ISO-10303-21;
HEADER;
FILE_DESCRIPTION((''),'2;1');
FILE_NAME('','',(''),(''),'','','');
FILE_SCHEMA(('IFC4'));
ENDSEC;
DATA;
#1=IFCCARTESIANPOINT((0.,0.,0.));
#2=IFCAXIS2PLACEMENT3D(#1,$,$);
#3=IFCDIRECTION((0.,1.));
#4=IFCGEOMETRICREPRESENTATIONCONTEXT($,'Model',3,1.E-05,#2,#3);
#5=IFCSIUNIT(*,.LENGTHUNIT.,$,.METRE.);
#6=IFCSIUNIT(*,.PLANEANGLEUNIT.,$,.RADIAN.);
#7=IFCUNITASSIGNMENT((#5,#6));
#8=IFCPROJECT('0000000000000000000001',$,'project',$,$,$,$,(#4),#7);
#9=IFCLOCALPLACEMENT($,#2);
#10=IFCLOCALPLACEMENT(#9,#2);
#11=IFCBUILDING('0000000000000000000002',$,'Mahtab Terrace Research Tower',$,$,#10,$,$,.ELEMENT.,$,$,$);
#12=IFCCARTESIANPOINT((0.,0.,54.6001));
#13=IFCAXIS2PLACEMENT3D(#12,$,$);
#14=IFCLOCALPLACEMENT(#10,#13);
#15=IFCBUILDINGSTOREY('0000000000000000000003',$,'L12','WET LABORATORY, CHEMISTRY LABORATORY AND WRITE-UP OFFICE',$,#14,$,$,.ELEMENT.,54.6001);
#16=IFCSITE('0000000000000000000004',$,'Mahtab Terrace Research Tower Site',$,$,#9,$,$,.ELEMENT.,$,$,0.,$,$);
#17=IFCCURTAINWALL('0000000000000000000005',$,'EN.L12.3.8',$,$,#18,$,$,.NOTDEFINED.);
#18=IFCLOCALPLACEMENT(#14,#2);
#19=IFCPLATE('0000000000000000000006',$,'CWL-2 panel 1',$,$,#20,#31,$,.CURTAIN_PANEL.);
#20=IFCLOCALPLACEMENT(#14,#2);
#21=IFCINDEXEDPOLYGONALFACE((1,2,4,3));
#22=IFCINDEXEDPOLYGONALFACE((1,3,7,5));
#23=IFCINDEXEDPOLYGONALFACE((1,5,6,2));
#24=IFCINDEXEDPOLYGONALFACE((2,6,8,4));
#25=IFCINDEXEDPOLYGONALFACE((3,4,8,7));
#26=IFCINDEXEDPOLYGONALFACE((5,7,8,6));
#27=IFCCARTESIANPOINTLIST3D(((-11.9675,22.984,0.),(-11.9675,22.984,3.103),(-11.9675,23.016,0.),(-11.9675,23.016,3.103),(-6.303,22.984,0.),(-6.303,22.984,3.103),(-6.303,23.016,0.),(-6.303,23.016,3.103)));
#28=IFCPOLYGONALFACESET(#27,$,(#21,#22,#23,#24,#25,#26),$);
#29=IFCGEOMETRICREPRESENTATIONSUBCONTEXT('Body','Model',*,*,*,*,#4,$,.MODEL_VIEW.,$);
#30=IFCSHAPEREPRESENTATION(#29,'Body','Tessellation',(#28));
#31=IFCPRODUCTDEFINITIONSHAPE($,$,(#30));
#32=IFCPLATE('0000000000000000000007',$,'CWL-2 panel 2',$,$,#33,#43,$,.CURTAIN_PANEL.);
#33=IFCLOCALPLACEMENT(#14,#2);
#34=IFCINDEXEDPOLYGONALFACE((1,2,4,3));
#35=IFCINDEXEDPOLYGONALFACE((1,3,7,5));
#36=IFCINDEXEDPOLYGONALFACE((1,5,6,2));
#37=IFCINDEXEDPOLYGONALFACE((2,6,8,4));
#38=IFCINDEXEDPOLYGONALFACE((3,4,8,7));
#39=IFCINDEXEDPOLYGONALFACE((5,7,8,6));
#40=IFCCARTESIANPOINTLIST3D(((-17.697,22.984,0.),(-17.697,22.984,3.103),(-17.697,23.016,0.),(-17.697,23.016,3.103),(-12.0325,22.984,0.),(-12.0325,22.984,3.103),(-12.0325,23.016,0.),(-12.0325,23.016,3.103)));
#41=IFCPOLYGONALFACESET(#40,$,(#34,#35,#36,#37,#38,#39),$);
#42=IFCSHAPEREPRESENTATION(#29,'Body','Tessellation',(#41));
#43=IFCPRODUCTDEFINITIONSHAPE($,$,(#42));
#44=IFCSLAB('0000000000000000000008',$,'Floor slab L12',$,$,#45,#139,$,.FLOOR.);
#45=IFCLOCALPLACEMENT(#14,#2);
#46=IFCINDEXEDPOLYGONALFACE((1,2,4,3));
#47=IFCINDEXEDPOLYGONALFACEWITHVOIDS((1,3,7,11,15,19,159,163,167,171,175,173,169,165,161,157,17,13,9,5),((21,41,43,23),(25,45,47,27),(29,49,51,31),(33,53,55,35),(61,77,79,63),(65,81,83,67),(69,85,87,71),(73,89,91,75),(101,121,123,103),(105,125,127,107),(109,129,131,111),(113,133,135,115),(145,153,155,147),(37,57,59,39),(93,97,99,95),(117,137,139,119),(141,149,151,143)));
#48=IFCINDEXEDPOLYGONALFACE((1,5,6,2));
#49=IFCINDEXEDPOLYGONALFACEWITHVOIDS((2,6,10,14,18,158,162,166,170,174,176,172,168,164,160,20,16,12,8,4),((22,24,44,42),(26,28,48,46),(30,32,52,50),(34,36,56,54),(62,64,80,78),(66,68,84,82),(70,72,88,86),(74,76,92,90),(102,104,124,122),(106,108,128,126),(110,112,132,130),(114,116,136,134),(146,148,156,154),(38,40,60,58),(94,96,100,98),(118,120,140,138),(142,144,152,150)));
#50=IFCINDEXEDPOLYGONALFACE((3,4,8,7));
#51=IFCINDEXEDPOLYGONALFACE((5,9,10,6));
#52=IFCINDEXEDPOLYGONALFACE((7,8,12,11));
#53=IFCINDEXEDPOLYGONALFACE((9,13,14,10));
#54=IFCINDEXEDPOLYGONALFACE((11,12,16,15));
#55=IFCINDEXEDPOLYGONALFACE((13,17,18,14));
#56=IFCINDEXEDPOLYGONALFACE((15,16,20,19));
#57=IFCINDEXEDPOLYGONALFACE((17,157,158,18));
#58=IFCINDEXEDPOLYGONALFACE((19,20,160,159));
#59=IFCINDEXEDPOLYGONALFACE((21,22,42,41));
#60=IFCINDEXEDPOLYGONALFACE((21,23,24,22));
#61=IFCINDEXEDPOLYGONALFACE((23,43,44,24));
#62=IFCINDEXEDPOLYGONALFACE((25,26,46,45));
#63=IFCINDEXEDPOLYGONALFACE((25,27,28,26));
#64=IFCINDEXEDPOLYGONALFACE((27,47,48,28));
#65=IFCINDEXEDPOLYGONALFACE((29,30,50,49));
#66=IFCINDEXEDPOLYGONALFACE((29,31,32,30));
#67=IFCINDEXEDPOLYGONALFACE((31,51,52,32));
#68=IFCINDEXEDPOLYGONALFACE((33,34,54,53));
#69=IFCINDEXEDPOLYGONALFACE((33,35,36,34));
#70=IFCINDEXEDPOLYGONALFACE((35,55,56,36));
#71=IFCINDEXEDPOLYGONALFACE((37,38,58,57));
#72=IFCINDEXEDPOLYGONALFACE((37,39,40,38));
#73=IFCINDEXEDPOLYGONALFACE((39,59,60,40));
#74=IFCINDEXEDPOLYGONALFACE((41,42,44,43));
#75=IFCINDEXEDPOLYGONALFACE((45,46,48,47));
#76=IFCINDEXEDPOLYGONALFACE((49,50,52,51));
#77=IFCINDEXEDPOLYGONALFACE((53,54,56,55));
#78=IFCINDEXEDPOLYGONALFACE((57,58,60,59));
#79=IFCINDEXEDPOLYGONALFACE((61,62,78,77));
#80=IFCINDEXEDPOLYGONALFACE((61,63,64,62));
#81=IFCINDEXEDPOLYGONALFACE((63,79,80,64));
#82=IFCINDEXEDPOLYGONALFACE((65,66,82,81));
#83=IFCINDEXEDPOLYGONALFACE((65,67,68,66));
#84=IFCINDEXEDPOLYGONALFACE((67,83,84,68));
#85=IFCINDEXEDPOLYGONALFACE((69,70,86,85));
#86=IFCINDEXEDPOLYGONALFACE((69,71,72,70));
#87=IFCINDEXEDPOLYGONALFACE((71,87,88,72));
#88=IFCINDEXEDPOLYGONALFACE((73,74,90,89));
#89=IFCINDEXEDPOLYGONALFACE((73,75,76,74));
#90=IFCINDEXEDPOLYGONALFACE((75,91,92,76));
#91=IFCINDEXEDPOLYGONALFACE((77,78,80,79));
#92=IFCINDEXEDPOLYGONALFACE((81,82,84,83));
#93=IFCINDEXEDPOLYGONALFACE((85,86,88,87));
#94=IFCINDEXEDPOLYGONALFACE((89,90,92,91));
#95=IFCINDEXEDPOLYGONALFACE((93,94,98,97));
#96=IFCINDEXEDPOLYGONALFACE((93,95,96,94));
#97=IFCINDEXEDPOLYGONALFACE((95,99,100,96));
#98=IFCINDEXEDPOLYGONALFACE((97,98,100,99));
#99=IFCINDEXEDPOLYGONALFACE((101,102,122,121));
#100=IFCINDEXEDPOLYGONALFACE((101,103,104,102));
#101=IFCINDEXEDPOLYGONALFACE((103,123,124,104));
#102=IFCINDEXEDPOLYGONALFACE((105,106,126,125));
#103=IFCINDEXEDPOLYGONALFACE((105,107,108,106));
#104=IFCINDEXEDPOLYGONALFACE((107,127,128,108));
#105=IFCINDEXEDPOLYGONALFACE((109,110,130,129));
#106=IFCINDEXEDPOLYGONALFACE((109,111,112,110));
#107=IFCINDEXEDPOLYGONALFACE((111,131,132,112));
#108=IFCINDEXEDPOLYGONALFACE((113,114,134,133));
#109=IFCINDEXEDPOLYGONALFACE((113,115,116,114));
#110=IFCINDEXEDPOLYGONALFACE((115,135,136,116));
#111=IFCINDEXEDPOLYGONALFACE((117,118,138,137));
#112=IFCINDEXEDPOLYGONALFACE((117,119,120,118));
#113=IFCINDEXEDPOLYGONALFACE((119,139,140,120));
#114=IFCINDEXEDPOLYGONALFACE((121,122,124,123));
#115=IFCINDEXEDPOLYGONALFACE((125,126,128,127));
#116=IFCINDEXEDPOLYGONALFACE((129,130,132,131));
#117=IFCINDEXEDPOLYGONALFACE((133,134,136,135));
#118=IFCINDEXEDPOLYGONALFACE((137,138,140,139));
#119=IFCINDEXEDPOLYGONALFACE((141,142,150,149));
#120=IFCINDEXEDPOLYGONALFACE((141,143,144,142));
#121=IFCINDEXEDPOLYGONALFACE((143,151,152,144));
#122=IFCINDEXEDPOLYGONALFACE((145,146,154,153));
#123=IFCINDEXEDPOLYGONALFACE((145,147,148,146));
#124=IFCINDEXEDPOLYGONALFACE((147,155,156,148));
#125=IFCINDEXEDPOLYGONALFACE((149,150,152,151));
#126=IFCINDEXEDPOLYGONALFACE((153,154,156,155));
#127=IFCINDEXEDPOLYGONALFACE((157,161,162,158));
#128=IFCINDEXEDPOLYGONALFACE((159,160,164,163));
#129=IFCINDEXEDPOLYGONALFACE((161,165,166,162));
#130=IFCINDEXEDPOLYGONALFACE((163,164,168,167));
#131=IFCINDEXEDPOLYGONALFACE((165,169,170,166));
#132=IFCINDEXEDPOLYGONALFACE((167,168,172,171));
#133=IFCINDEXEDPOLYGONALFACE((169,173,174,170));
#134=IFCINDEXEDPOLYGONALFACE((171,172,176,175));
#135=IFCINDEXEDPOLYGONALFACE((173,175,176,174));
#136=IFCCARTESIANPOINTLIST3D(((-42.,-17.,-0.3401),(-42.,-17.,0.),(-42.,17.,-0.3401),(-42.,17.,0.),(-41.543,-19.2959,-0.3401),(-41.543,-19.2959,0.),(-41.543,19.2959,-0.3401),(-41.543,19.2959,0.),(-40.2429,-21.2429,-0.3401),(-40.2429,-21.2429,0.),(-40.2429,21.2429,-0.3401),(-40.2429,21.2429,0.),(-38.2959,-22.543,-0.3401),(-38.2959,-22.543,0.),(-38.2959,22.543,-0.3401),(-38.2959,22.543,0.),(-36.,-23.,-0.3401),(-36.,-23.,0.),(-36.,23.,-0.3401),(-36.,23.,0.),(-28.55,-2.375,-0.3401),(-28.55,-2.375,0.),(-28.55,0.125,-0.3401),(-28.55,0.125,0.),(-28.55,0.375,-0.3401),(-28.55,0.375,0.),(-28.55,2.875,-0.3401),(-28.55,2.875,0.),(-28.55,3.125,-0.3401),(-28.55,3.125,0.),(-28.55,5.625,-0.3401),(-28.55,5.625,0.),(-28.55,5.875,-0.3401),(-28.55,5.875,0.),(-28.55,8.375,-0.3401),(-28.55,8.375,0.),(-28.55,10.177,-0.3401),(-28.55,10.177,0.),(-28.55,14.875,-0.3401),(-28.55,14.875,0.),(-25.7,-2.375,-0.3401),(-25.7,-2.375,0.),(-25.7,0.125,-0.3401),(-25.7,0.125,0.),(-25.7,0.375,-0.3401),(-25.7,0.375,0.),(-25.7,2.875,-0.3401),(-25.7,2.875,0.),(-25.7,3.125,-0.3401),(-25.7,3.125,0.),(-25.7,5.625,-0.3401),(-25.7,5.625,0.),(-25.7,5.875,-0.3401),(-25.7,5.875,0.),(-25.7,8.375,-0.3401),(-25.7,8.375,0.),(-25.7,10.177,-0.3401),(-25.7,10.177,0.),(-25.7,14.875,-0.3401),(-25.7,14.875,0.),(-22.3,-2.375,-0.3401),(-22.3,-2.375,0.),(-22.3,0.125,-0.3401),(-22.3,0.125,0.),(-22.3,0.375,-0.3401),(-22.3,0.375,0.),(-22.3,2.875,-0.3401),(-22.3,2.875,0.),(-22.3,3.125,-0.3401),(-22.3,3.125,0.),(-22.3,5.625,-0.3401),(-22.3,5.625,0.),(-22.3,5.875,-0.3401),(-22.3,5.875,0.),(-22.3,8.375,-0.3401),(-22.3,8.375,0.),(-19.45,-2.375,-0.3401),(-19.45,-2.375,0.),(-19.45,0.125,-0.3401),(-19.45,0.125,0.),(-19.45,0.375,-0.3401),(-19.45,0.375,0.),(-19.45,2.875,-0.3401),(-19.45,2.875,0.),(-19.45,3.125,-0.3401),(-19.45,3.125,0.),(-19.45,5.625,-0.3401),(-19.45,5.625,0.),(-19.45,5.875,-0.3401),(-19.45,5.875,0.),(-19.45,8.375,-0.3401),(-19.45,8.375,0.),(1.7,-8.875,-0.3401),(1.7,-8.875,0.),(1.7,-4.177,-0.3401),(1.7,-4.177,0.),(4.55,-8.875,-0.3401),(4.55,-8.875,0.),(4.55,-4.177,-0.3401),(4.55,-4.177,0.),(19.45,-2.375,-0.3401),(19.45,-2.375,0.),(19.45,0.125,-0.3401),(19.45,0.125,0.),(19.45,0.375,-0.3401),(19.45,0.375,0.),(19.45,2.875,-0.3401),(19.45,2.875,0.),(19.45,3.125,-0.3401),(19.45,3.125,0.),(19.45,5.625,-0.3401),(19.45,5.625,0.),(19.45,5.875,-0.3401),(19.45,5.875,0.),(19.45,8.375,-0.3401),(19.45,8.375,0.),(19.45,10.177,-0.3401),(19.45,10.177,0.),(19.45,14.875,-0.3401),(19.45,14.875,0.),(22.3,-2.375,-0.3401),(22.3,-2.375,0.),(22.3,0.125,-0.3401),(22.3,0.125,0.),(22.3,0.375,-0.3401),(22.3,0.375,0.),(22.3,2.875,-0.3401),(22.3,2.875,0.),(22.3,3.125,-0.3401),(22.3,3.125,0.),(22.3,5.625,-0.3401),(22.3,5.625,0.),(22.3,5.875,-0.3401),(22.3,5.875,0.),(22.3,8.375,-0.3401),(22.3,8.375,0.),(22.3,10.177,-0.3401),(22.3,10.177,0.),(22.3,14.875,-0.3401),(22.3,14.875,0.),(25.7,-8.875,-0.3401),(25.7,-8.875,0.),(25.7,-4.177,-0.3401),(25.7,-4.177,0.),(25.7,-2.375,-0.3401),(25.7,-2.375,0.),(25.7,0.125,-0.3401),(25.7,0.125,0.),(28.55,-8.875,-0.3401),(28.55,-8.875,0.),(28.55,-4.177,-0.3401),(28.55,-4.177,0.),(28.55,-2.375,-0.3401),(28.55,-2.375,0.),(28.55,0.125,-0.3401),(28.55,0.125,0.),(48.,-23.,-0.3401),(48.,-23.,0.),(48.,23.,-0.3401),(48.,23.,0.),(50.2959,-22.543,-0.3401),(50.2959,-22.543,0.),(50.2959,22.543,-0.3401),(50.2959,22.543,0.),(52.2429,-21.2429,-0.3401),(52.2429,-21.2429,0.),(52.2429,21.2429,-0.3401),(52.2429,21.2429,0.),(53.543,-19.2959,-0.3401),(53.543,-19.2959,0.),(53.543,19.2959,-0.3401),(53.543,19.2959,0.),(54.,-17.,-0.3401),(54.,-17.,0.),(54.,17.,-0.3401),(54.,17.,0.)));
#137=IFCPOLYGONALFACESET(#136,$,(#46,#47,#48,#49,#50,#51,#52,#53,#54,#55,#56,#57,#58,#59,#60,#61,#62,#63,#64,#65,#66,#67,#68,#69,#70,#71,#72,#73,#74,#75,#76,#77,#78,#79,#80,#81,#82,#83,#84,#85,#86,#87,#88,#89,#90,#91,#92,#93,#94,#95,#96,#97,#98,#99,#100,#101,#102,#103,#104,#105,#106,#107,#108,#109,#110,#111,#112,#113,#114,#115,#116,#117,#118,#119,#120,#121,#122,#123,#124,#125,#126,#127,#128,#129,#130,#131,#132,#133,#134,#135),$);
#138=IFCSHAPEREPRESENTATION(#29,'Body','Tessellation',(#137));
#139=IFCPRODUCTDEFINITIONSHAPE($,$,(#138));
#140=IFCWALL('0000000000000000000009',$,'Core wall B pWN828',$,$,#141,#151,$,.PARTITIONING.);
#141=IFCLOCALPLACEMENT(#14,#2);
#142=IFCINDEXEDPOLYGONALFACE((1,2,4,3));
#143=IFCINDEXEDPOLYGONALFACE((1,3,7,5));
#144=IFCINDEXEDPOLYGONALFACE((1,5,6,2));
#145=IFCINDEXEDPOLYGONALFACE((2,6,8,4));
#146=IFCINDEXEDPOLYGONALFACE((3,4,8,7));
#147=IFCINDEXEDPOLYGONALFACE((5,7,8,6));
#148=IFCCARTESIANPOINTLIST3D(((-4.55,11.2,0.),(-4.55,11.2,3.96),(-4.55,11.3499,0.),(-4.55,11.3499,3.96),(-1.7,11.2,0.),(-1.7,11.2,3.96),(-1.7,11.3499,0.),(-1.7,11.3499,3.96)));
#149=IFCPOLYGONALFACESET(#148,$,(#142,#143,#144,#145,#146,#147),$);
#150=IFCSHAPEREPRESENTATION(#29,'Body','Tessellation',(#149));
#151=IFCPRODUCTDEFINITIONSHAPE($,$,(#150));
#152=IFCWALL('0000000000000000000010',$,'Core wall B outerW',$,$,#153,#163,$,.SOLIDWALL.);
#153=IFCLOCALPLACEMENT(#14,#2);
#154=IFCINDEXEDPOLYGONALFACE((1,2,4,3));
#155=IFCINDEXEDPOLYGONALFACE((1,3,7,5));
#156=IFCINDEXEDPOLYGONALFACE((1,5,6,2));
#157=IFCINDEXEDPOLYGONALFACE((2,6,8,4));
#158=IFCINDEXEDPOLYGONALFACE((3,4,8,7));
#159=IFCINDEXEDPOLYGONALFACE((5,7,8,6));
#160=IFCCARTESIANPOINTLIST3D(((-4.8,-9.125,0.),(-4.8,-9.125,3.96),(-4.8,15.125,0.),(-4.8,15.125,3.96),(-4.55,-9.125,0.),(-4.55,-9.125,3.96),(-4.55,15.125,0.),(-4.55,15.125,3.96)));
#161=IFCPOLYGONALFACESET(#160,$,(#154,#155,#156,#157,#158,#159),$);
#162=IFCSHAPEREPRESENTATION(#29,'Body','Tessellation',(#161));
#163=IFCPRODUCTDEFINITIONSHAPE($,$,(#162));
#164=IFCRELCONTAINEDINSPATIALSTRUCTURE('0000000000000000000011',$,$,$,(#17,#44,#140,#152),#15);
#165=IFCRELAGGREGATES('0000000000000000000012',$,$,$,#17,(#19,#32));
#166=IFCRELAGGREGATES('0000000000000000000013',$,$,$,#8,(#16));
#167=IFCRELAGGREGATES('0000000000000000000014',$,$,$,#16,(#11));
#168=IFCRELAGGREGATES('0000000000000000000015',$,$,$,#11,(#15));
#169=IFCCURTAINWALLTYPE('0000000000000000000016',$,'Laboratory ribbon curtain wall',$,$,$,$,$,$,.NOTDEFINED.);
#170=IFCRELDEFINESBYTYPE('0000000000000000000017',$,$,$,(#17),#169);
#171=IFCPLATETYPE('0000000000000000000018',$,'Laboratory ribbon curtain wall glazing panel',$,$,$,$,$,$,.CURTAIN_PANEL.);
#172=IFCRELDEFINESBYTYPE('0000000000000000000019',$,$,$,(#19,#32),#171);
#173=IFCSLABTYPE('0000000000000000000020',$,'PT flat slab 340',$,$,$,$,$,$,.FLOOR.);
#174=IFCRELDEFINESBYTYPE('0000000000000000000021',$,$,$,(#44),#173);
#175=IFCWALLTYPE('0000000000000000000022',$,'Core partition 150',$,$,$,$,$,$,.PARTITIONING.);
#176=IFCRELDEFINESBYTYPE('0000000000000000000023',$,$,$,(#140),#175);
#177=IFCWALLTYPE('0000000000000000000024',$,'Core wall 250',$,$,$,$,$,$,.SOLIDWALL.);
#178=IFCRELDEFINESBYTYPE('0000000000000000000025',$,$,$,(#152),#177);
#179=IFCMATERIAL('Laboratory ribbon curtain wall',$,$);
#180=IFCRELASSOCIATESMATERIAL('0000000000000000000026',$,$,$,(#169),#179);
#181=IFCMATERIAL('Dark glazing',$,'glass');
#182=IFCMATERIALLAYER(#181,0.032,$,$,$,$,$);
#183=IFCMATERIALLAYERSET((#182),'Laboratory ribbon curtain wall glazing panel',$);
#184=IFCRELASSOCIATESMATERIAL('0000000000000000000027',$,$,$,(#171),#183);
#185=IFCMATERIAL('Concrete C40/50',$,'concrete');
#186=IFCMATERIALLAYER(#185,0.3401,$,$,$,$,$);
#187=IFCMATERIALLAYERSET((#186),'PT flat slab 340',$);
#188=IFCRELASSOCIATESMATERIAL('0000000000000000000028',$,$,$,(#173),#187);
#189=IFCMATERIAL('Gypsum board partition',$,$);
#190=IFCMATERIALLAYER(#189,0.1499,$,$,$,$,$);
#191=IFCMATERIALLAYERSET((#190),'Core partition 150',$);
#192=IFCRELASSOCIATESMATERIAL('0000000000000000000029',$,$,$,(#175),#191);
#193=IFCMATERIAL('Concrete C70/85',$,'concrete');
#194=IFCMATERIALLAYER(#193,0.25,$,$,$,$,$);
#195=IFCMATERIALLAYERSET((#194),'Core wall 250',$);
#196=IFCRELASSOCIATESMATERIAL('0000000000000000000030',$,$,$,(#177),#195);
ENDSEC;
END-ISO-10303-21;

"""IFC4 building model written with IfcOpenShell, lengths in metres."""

from ifc_helpers import new_model, si_unit, direction, frame, frame_2d, origin, origin_2d, place, context, subcontext, project, spatial, polyline, rectangle, outline, extrude, material, layer, layer_set, type_object, element, aggregate, save


model = new_model("IFC4")

# Units and contexts
model_context = context("Model", 3, precision=1e-05, world=origin(), true_north=direction((0.0, 1.0)))
body_context = subcontext(model_context, "Body", "Model", "MODEL_VIEW")
ifc_project = project(units=[si_unit("LENGTHUNIT", "METRE"), si_unit("PLANEANGLEUNIT", "RADIAN")], contexts=[model_context])

# Site, building, storey
site_placement = place(None, origin())
site = spatial("IfcSite", under=ifc_project, at=site_placement, Name="Mahtab Terrace Research Tower Site", CompositionType="ELEMENT", RefElevation=0.0)
building_placement = place(site_placement, origin())
building = spatial("IfcBuilding", under=site, at=building_placement, Name="Mahtab Terrace Research Tower", CompositionType="ELEMENT")
storey_placement = place(building_placement, frame((0.0, 0.0, 54.6001)))
storey = spatial("IfcBuildingStorey", under=building, at=storey_placement, Name="L12", Description="WET LABORATORY, CHEMISTRY LABORATORY AND WRITE-UP OFFICE", CompositionType="ELEMENT", Elevation=54.6001)

# Shared definitions
ifc_material_1 = material(Name="Concrete C70/85", Category="concrete")

# Curtain wall
ifc_material_2 = material(Name="Laboratory ribbon curtain wall")
curtain_wall_type = type_object("IfcCurtainWallType", Name="Laboratory ribbon curtain wall", PredefinedType="NOTDEFINED", material=ifc_material_2)
curtain_wall_placement = place(storey_placement, origin())
curtain_wall = element("IfcCurtainWall", 1, at=curtain_wall_placement, inside=storey, type_object=curtain_wall_type, Name="EN.L12.3.8", PredefinedType="NOTDEFINED")

# Plates
ifc_material_3 = material(Name="Dark glazing", Category="glass")
ifc_layer_1 = layer(ifc_material_3, 0.032)
ifc_layer_set_1 = layer_set([ifc_layer_1], Name="Laboratory ribbon curtain wall glazing panel")
plate_type = type_object("IfcPlateType", Name="Laboratory ribbon curtain wall glazing panel", PredefinedType="CURTAIN_PANEL", material=ifc_layer_set_1)
plate_1_placement = place(storey_placement, frame((-9.1353, 23.0, 0.0), z_axis=(0.0, 0.0, 1.0), x_axis=(-1.0, 0.0, 0.0)))
plate_1 = element("IfcPlate", 2, at=plate_1_placement, type_object=plate_type, Name="CWL-2 panel 1", PredefinedType="CURTAIN_PANEL", context=body_context, shape_type="SweptSolid", body=[
    extrude(rectangle(XDim=5.6646, YDim=0.032, at=origin_2d()), origin(), (0.0, 0.0, 1.0), 3.103),
])
plate_2_placement = place(storey_placement, frame((-14.8647, 23.0, 0.0), z_axis=(0.0, 0.0, 1.0), x_axis=(-1.0, 0.0, 0.0)))
plate_2 = element("IfcPlate", 3, at=plate_2_placement, type_object=plate_type, Name="CWL-2 panel 2", PredefinedType="CURTAIN_PANEL", context=body_context, shape_type="SweptSolid", body=[
    extrude(rectangle(XDim=5.6646, YDim=0.032, at=origin_2d()), origin(), (0.0, 0.0, 1.0), 3.103),
])
aggregate(curtain_wall, [plate_1, plate_2])

# Slab
ifc_material_4 = material(Name="Concrete C40/50", Category="concrete")
ifc_layer_2 = layer(ifc_material_4, 0.3401)
ifc_layer_set_2 = layer_set([ifc_layer_2], Name="PT flat slab 340")
slab_type = type_object("IfcSlabType", Name="PT flat slab 340", PredefinedType="FLOOR", material=ifc_layer_set_2)
slab_placement = place(storey_placement, frame((0.0, 0.0, -0.3401)))
element("IfcSlab", 4, at=slab_placement, inside=storey, type_object=slab_type, Name="Floor slab L12", PredefinedType="FLOOR", context=body_context, shape_type="SweptSolid", body=[
    extrude(outline(polyline([(53.543, 19.2959), (52.2429, 21.2429), (50.2959, 22.543), (48.0, 23.0), (-36.0, 23.0), (-38.2959, 22.543), (-40.2429, 21.2429), (-41.543, 19.2959), (-42.0, 17.0), (-42.0, -17.0), (-41.543, -19.2959), (-40.2429, -21.2429), (-38.2959, -22.543), (-36.0, -23.0), (48.0, -23.0), (50.2959, -22.543), (52.2429, -21.2429), (53.543, -19.2959), (54.0, -17.0), (54.0, 17.0), (53.543, 19.2959)]), holes=[polyline([(-28.55, -2.375), (-28.55, 0.125), (-25.7, 0.125), (-25.7, -2.375), (-28.55, -2.375)]), polyline([(-22.3, -2.375), (-22.3, 0.125), (-19.45, 0.125), (-19.45, -2.375), (-22.3, -2.375)]), polyline([(-28.55, 0.375), (-28.55, 2.875), (-25.7, 2.875), (-25.7, 0.375), (-28.55, 0.375)]), polyline([(-22.3, 0.375), (-22.3, 2.875), (-19.45, 2.875), (-19.45, 0.375), (-22.3, 0.375)]), polyline([(-28.55, 3.125), (-28.55, 5.625), (-25.7, 5.625), (-25.7, 3.125), (-28.55, 3.125)]), polyline([(-22.3, 3.125), (-22.3, 5.625), (-19.45, 5.625), (-19.45, 3.125), (-22.3, 3.125)]), polyline([(-28.55, 5.875), (-28.55, 8.375), (-25.7, 8.375), (-25.7, 5.875), (-28.55, 5.875)]), polyline([(-22.3, 5.875), (-22.3, 8.375), (-19.45, 8.375), (-19.45, 5.875), (-22.3, 5.875)]), polyline([(-28.55, 10.177), (-28.55, 14.875), (-25.7, 14.875), (-25.7, 10.177), (-28.55, 10.177)]), polyline([(1.7, -8.875), (1.7, -4.177), (4.55, -4.177), (4.55, -8.875), (1.7, -8.875)]), polyline([(25.7, -8.875), (25.7, -4.177), (28.55, -4.177), (28.55, -8.875), (25.7, -8.875)]), polyline([(19.45, -2.375), (19.45, 0.125), (22.3, 0.125), (22.3, -2.375), (19.45, -2.375)]), polyline([(25.7, -2.375), (25.7, 0.125), (28.55, 0.125), (28.55, -2.375), (25.7, -2.375)]), polyline([(19.45, 0.375), (19.45, 2.875), (22.3, 2.875), (22.3, 0.375), (19.45, 0.375)]), polyline([(19.45, 3.125), (19.45, 5.625), (22.3, 5.625), (22.3, 3.125), (19.45, 3.125)]), polyline([(19.45, 8.375), (22.3, 8.375), (22.3, 5.875), (19.45, 5.875), (19.45, 8.375)]), polyline([(19.45, 14.875), (22.3, 14.875), (22.3, 10.177), (19.45, 10.177), (19.45, 14.875)])]), origin(), (0.0, 0.0, 1.0), 0.3401),
])

# Walls
ifc_material_5 = material(Name="Gypsum board partition")
ifc_layer_3 = layer(ifc_material_5, 0.1499)
ifc_layer_set_3 = layer_set([ifc_layer_3], Name="Core partition 150")
wall_type_1 = type_object("IfcWallType", Name="Core partition 150", PredefinedType="PARTITIONING", material=ifc_layer_set_3)
wall_1_placement = place(storey_placement, frame((-4.55, 11.2749, 0.0), z_axis=(0.0, 0.0, 1.0), x_axis=(1.0, 0.0, 0.0)))
element("IfcWall", 5, at=wall_1_placement, inside=storey, type_object=wall_type_1, Name="Core wall B pWN828", PredefinedType="PARTITIONING", context=body_context, shape_type="SweptSolid", body=[
    extrude(rectangle(XDim=2.8501, YDim=0.1499, at=frame_2d((1.425, 0.0))), origin(), (0.0, 0.0, 1.0), 3.96),
])
ifc_layer_4 = layer(ifc_material_1, 0.25)
ifc_layer_set_4 = layer_set([ifc_layer_4], Name="Core wall 250")
wall_type_2 = type_object("IfcWallType", Name="Core wall 250", PredefinedType="SOLIDWALL", material=ifc_layer_set_4)
wall_2_placement = place(storey_placement, frame((-4.675, 15.125, 0.0), z_axis=(0.0, 0.0, 1.0), x_axis=(0.0, -1.0, 0.0)))
element("IfcWall", 6, at=wall_2_placement, inside=storey, type_object=wall_type_2, Name="Core wall B outerW", PredefinedType="SOLIDWALL", context=body_context, shape_type="SweptSolid", body=[
    extrude(rectangle(XDim=24.25, YDim=0.25, at=frame_2d((12.125, 0.0))), origin(), (0.0, 0.0, 1.0), 3.96),
])

save(model, "model.ifc")
